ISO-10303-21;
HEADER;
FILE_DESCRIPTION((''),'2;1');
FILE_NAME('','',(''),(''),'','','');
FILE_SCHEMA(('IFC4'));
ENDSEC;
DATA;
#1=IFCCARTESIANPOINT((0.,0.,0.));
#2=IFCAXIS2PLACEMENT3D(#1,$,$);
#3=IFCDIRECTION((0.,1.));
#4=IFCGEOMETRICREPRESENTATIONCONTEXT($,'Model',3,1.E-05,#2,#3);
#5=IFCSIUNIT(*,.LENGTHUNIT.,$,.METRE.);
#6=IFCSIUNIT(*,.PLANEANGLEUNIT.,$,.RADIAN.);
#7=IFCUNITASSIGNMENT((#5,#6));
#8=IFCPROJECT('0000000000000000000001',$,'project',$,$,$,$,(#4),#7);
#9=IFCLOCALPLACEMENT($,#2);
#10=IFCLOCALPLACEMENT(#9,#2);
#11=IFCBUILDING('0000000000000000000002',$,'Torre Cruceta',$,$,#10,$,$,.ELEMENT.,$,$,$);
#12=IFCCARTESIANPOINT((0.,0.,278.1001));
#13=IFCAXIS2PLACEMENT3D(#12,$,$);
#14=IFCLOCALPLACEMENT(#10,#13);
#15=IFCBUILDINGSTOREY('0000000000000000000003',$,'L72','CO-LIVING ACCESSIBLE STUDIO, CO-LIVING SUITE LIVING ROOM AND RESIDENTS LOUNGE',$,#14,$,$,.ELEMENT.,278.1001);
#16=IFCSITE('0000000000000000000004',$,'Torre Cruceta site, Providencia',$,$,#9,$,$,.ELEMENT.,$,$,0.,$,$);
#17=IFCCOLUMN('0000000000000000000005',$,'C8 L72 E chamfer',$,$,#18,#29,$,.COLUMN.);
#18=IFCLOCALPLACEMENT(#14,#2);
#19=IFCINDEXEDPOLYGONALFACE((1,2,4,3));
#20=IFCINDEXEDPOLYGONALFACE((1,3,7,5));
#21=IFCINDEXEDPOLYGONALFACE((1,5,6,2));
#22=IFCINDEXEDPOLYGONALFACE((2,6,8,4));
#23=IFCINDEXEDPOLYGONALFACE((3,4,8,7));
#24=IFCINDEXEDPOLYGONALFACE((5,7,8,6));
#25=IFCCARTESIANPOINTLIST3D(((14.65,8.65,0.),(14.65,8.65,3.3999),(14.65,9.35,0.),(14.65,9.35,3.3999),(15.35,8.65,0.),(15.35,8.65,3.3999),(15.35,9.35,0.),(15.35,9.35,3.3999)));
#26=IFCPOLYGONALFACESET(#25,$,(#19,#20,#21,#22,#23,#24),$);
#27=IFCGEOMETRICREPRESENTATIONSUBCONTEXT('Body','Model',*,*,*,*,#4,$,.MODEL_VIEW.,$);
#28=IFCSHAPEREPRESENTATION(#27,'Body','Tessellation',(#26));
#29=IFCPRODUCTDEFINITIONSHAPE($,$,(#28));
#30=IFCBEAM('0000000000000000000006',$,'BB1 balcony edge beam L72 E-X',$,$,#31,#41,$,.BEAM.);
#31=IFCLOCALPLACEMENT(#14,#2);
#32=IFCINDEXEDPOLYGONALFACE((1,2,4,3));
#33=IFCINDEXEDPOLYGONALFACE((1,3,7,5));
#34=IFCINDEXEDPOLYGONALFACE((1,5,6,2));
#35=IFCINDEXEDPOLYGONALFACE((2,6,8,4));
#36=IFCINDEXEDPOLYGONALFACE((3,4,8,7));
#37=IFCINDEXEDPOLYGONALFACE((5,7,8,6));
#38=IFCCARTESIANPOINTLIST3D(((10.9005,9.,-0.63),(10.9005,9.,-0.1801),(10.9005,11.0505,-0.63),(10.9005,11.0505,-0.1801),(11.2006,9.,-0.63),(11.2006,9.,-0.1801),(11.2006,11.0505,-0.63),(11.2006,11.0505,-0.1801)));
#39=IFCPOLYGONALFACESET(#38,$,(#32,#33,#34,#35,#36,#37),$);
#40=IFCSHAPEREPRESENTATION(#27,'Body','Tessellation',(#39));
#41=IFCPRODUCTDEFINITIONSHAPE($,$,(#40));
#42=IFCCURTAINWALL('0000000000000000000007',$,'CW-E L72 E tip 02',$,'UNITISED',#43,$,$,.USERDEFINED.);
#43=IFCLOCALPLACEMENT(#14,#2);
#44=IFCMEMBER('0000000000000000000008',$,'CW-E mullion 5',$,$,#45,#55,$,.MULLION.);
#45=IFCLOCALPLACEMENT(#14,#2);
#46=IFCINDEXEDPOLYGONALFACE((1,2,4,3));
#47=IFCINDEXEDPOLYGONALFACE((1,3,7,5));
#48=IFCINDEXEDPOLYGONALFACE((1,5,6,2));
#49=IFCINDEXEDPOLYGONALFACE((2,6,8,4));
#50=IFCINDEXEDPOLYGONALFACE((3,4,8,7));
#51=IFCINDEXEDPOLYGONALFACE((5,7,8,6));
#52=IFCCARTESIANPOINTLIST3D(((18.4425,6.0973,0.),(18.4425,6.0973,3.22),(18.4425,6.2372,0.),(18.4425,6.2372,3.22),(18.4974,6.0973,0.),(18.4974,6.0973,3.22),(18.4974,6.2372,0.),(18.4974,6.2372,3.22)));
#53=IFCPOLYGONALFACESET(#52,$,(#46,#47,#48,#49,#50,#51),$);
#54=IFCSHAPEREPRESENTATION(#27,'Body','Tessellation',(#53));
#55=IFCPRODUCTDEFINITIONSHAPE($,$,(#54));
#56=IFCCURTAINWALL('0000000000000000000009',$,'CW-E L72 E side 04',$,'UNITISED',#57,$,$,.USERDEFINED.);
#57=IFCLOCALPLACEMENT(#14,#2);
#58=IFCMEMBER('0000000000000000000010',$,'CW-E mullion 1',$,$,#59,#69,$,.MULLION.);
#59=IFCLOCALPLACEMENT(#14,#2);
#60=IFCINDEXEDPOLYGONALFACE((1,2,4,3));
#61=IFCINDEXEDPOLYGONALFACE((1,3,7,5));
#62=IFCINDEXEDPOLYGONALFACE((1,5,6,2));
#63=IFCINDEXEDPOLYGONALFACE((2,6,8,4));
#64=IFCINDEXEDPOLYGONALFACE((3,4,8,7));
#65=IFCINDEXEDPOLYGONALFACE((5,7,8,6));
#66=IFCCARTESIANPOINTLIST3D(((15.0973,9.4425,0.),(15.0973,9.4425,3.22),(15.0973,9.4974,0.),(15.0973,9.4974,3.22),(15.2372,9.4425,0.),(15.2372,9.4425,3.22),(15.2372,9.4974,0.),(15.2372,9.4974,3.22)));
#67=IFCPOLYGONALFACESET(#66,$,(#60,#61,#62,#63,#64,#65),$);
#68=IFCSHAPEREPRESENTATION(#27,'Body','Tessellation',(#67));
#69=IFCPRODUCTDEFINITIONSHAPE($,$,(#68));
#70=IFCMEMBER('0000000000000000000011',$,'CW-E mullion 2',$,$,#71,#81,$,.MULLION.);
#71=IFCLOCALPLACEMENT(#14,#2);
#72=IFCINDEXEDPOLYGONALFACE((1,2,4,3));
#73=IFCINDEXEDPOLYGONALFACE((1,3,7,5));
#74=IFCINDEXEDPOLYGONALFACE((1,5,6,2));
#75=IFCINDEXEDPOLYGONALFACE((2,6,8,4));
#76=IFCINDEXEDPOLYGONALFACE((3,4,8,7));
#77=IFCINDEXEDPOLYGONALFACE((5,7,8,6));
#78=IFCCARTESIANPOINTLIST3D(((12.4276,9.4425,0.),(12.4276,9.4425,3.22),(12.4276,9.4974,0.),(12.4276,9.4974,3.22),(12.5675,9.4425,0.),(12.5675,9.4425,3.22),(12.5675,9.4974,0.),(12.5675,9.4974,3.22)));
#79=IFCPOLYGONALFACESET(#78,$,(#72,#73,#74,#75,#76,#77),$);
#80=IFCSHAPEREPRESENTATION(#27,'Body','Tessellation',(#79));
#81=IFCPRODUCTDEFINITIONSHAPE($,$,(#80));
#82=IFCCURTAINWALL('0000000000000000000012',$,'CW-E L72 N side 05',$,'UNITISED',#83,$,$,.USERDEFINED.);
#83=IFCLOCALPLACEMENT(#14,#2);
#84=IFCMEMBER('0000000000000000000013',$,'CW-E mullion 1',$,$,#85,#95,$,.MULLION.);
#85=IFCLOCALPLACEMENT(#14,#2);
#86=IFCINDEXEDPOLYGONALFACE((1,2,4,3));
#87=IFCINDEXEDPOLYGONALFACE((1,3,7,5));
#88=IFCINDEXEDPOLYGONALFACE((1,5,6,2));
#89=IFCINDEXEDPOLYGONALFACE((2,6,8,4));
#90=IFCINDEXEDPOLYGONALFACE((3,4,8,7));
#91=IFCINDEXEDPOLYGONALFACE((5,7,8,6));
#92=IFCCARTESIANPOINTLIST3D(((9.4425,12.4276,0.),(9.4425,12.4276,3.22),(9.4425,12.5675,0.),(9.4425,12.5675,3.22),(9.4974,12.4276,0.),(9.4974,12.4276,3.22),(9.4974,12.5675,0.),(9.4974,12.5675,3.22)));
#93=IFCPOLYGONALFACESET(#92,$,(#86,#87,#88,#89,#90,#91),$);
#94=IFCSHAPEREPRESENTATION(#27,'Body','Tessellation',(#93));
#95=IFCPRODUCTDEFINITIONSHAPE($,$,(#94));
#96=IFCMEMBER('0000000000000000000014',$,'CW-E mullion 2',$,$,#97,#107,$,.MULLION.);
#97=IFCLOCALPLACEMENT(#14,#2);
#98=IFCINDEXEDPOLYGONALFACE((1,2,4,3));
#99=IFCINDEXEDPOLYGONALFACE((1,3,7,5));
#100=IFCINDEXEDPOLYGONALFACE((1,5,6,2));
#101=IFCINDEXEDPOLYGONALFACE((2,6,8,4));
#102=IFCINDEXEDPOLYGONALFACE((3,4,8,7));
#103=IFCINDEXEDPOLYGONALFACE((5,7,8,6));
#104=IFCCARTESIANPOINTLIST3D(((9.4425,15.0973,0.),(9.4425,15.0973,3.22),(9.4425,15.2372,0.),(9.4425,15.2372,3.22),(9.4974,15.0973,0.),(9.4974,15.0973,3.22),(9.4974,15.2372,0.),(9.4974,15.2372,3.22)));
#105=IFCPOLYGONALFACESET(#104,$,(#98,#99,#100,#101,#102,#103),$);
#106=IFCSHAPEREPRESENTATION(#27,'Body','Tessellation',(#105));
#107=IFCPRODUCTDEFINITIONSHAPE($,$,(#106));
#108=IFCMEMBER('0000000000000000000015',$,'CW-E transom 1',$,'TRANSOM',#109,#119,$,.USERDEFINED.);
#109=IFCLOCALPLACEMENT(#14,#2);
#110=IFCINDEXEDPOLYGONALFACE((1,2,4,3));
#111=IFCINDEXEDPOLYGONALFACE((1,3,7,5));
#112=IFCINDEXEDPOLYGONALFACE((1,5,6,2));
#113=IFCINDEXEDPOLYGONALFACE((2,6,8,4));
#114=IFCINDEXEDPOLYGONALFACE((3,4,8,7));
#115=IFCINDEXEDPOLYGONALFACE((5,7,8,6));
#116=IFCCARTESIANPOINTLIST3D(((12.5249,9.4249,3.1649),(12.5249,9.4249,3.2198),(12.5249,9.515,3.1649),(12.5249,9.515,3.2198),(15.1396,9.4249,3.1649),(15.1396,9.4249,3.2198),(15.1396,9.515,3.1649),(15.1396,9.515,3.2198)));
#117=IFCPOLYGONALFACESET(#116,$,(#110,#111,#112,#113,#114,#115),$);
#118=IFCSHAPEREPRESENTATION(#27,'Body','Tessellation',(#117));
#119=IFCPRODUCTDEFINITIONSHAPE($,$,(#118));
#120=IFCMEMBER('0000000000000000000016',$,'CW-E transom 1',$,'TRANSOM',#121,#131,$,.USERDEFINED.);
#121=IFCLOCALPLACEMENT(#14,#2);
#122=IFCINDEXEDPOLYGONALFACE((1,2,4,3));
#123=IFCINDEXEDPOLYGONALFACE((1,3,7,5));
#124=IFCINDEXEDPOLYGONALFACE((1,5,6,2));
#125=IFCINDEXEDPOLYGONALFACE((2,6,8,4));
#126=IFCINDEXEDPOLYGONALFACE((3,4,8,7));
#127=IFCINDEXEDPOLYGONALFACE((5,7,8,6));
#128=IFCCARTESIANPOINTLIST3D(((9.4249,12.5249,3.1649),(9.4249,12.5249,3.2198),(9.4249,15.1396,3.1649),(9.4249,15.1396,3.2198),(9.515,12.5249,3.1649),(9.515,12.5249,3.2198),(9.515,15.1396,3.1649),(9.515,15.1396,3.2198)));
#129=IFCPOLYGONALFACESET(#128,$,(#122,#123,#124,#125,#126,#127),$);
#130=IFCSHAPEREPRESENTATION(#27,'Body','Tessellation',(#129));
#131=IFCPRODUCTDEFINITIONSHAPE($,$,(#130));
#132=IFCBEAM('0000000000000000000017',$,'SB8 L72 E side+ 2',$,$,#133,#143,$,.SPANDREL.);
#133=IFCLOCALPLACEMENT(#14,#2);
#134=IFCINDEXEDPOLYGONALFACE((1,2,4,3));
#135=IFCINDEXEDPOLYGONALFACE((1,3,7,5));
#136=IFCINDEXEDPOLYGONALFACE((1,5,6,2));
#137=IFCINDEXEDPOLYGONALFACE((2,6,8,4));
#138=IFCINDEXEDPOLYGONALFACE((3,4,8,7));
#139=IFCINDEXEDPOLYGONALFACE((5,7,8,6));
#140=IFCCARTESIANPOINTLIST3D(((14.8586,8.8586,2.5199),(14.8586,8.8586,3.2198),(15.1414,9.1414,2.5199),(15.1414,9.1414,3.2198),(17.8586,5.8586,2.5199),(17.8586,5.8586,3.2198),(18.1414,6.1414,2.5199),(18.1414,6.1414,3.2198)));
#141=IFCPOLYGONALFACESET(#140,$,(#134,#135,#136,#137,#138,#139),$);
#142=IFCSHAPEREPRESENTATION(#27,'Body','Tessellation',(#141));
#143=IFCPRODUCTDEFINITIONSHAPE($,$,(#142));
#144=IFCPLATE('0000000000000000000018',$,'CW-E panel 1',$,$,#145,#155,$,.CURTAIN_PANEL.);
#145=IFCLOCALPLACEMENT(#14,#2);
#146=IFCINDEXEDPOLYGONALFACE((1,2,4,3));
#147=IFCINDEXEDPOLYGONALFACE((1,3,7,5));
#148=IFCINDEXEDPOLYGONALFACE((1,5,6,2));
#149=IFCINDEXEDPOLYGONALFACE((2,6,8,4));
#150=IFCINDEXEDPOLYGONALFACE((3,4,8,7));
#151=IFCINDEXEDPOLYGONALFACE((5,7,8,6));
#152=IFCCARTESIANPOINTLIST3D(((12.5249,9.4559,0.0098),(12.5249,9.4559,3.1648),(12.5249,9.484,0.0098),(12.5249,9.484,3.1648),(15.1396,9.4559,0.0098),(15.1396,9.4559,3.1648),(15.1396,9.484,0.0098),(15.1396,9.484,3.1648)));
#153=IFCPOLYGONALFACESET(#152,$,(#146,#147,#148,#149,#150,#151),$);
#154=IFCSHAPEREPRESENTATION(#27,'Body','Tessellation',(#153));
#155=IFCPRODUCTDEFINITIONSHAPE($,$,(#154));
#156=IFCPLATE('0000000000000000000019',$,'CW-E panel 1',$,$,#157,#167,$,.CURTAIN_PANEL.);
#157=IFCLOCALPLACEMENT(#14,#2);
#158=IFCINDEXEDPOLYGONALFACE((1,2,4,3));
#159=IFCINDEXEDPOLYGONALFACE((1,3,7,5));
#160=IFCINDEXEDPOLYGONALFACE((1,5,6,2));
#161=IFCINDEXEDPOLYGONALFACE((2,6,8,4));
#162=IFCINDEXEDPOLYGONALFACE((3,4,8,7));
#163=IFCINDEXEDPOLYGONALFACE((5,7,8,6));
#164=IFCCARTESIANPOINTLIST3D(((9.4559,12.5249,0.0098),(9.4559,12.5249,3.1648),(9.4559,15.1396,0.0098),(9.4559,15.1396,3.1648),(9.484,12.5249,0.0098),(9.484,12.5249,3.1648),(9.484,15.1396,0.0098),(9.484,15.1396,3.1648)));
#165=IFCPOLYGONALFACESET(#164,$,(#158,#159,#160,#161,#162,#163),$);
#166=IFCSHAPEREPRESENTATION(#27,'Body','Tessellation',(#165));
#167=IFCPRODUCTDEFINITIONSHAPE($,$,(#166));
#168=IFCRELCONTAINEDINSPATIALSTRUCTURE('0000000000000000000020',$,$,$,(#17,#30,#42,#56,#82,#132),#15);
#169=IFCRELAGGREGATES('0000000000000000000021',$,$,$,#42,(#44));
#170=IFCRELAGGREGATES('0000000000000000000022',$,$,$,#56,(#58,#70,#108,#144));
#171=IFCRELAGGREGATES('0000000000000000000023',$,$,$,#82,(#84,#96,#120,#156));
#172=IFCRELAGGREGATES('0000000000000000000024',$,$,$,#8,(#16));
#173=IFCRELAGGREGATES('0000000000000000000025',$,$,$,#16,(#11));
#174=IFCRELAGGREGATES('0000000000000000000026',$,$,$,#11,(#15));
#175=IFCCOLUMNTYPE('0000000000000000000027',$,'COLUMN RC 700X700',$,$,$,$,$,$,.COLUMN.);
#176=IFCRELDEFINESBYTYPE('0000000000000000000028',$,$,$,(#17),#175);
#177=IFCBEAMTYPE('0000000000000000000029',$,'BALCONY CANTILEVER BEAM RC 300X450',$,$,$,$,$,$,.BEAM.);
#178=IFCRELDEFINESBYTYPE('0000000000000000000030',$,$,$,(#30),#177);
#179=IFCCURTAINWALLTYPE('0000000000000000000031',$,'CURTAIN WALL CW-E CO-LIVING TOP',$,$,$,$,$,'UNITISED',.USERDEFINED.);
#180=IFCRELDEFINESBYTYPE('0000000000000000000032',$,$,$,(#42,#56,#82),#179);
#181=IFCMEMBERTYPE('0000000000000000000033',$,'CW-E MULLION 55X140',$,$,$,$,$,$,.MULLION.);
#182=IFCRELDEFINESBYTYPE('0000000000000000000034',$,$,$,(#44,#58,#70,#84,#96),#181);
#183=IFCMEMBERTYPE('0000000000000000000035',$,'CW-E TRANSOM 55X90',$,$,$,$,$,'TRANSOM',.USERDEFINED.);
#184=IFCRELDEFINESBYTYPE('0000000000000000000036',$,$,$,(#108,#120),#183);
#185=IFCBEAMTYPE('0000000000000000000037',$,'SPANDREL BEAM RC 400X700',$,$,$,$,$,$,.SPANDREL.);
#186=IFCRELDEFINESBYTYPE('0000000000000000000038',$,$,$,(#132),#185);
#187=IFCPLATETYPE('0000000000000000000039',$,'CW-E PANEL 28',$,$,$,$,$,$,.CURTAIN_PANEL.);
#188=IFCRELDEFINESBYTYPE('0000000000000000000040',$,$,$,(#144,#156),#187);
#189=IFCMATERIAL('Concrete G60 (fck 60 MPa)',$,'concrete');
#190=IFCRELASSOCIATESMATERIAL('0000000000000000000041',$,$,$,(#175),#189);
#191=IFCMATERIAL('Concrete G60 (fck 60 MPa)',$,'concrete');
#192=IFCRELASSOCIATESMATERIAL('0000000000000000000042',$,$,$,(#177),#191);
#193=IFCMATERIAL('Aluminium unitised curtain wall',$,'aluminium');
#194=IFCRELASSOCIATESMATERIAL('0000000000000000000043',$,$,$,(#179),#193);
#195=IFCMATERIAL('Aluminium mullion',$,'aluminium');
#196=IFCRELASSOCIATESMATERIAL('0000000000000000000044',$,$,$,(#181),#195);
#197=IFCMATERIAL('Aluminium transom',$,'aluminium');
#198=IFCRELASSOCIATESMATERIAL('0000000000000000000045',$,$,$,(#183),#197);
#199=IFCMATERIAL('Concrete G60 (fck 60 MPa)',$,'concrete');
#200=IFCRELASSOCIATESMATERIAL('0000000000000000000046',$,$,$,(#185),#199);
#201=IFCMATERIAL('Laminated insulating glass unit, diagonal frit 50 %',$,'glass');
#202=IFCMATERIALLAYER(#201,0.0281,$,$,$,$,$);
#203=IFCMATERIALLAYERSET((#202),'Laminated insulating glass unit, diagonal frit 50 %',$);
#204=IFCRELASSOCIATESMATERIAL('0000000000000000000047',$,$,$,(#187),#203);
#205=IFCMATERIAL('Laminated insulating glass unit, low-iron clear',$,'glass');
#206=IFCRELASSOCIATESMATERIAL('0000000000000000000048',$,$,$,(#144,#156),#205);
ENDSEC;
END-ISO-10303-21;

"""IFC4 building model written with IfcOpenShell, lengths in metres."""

from ifc_helpers import new_model, si_unit, direction, frame, origin, origin_2d, place, context, subcontext, project, spatial, rectangle, extrude, material, layer, layer_set, material_profile, profile_set, type_object, element, aggregate, save


model = new_model("IFC4")

# Units and contexts
model_context = context("Model", 3, precision=1e-05, world=origin(), true_north=direction((0.0, 1.0)))
body_context = subcontext(model_context, "Body", "Model", "MODEL_VIEW")
ifc_project = project(units=[si_unit("LENGTHUNIT", "METRE"), si_unit("PLANEANGLEUNIT", "RADIAN")], contexts=[model_context])

# Site, building, storey
site_placement = place(None, origin())
site = spatial("IfcSite", under=ifc_project, at=site_placement, Name="Torre Cruceta site, Providencia", CompositionType="ELEMENT", RefElevation=0.0)
building_placement = place(site_placement, origin())
building = spatial("IfcBuilding", under=site, at=building_placement, Name="Torre Cruceta", CompositionType="ELEMENT")
storey_placement = place(building_placement, frame((0.0, 0.0, 278.1001)))
storey = spatial("IfcBuildingStorey", under=building, at=storey_placement, Name="L72", Description="CO-LIVING ACCESSIBLE STUDIO, CO-LIVING SUITE LIVING ROOM AND RESIDENTS LOUNGE", CompositionType="ELEMENT", Elevation=278.1001)

# Column
ifc_material_1 = material(Name="Concrete G60 (fck 60 MPa)", Category="concrete")
ifc_material_profile_1 = material_profile(ifc_material_1, rectangle(XDim=0.7, YDim=0.7, at=origin_2d()), Name="RC 700X700")
ifc_profile_set_1 = profile_set([ifc_material_profile_1], Name="Concrete G60 (fck 60 MPa)")
column_type = type_object("IfcColumnType", Name="COLUMN RC 700X700", PredefinedType="COLUMN", material=ifc_profile_set_1)
column_placement = place(storey_placement, frame((15.0, 9.0, 0.0), z_axis=(0.0, 0.0, 1.0), x_axis=(1.0, 0.0, 0.0)))
element("IfcColumn", 1, at=column_placement, inside=storey, type_object=column_type, Name="C8 L72 E chamfer", PredefinedType="COLUMN", context=body_context, shape_type="SweptSolid", body=[
    extrude(rectangle(XDim=0.7, YDim=0.7, at=origin_2d()), origin(), (0.0, 0.0, 1.0), 3.3999),
])

# Beam
ifc_material_2 = material(Name="Concrete G60 (fck 60 MPa)", Category="concrete")
ifc_material_profile_2 = material_profile(ifc_material_2, rectangle(XDim=0.3, YDim=0.45, at=origin_2d()), Name="RC 300X450")
ifc_profile_set_2 = profile_set([ifc_material_profile_2], Name="Concrete G60 (fck 60 MPa)")
beam_type_1 = type_object("IfcBeamType", Name="BALCONY CANTILEVER BEAM RC 300X450", PredefinedType="BEAM", material=ifc_profile_set_2)
beam_1_placement = place(storey_placement, frame((11.0505, 9.0, -0.405), z_axis=(0.0, 1.0, 0.0), x_axis=(-1.0, 0.0, 0.0)))
element("IfcBeam", 2, at=beam_1_placement, inside=storey, type_object=beam_type_1, Name="BB1 balcony edge beam L72 E-X", PredefinedType="BEAM", context=body_context, shape_type="SweptSolid", body=[
    extrude(rectangle(XDim=0.3, YDim=0.45, at=origin_2d()), origin(), (0.0, 0.0, 1.0), 2.0505),
])

# Curtain wall, member
ifc_material_3 = material(Name="Aluminium unitised curtain wall", Category="aluminium")
curtain_wall_type = type_object("IfcCurtainWallType", Name="CURTAIN WALL CW-E CO-LIVING TOP", ElementType="UNITISED", PredefinedType="USERDEFINED", material=ifc_material_3)
curtain_wall_1_placement = place(storey_placement, origin())
curtain_wall_1 = element("IfcCurtainWall", 3, at=curtain_wall_1_placement, inside=storey, type_object=curtain_wall_type, Name="CW-E L72 E tip 02", ObjectType="UNITISED", PredefinedType="USERDEFINED")
ifc_material_4 = material(Name="Aluminium mullion", Category="aluminium")
ifc_material_profile_3 = material_profile(ifc_material_4, rectangle(XDim=0.0549, YDim=0.1399, at=origin_2d()), Name="AL 55X140")
ifc_profile_set_3 = profile_set([ifc_material_profile_3], Name="Aluminium mullion")
member_type_1 = type_object("IfcMemberType", Name="CW-E MULLION 55X140", PredefinedType="MULLION", material=ifc_profile_set_3)
member_1_placement = place(storey_placement, frame((18.47, 6.1672, 0.0), z_axis=(0.0, 0.0, 1.0), x_axis=(-1.0, 0.0, 0.0)))
member_1 = element("IfcMember", 4, at=member_1_placement, type_object=member_type_1, Name="CW-E mullion 5", PredefinedType="MULLION", context=body_context, shape_type="SweptSolid", body=[
    extrude(rectangle(XDim=0.0549, YDim=0.1399, at=origin_2d()), origin(), (0.0, 0.0, 1.0), 3.22),
])
aggregate(curtain_wall_1, [member_1])

# Curtain walls, members
curtain_wall_2_placement = place(storey_placement, origin())
curtain_wall_2 = element("IfcCurtainWall", 5, at=curtain_wall_2_placement, inside=storey, type_object=curtain_wall_type, Name="CW-E L72 E side 04", ObjectType="UNITISED", PredefinedType="USERDEFINED")
member_2_placement = place(storey_placement, frame((15.1672, 9.47, 0.0), z_axis=(0.0, 0.0, 1.0), x_axis=(0.0, -1.0, 0.0)))
member_2 = element("IfcMember", 6, at=member_2_placement, type_object=member_type_1, Name="CW-E mullion 1", PredefinedType="MULLION", context=body_context, shape_type="SweptSolid", body=[
    extrude(rectangle(XDim=0.0549, YDim=0.1399, at=origin_2d()), origin(), (0.0, 0.0, 1.0), 3.22),
])
member_3_placement = place(storey_placement, frame((12.4976, 9.47, 0.0), z_axis=(0.0, 0.0, 1.0), x_axis=(0.0, -1.0, 0.0)))
member_3 = element("IfcMember", 7, at=member_3_placement, type_object=member_type_1, Name="CW-E mullion 2", PredefinedType="MULLION", context=body_context, shape_type="SweptSolid", body=[
    extrude(rectangle(XDim=0.0549, YDim=0.1399, at=origin_2d()), origin(), (0.0, 0.0, 1.0), 3.22),
])
curtain_wall_3_placement = place(storey_placement, origin())
curtain_wall_3 = element("IfcCurtainWall", 8, at=curtain_wall_3_placement, inside=storey, type_object=curtain_wall_type, Name="CW-E L72 N side 05", ObjectType="UNITISED", PredefinedType="USERDEFINED")
member_4_placement = place(storey_placement, frame((9.47, 12.4976, 0.0), z_axis=(0.0, 0.0, 1.0), x_axis=(-1.0, 0.0, 0.0)))
member_4 = element("IfcMember", 9, at=member_4_placement, type_object=member_type_1, Name="CW-E mullion 1", PredefinedType="MULLION", context=body_context, shape_type="SweptSolid", body=[
    extrude(rectangle(XDim=0.0549, YDim=0.1399, at=origin_2d()), origin(), (0.0, 0.0, 1.0), 3.22),
])
member_5_placement = place(storey_placement, frame((9.47, 15.1672, 0.0), z_axis=(0.0, 0.0, 1.0), x_axis=(-1.0, 0.0, 0.0)))
member_5 = element("IfcMember", 10, at=member_5_placement, type_object=member_type_1, Name="CW-E mullion 2", PredefinedType="MULLION", context=body_context, shape_type="SweptSolid", body=[
    extrude(rectangle(XDim=0.0549, YDim=0.1399, at=origin_2d()), origin(), (0.0, 0.0, 1.0), 3.22),
])

# Members
ifc_material_5 = material(Name="Aluminium transom", Category="aluminium")
ifc_material_profile_4 = material_profile(ifc_material_5, rectangle(XDim=0.0901, YDim=0.0549, at=origin_2d()), Name="AL 90X55")
ifc_profile_set_4 = profile_set([ifc_material_profile_4], Name="Aluminium transom")
member_type_2 = type_object("IfcMemberType", Name="CW-E TRANSOM 55X90", ElementType="TRANSOM", PredefinedType="USERDEFINED", material=ifc_profile_set_4)
member_6_placement = place(storey_placement, frame((15.1396, 9.47, 3.1924), z_axis=(-1.0, 0.0, 0.0), x_axis=(0.0, -1.0, 0.0)))
member_6 = element("IfcMember", 11, at=member_6_placement, type_object=member_type_2, Name="CW-E transom 1", ObjectType="TRANSOM", PredefinedType="USERDEFINED", context=body_context, shape_type="SweptSolid", body=[
    extrude(rectangle(XDim=0.0901, YDim=0.0549, at=origin_2d()), origin(), (0.0, 0.0, 1.0), 2.6147),
])
member_7_placement = place(storey_placement, frame((9.47, 12.5249, 3.1924), z_axis=(0.0, 1.0, 0.0), x_axis=(-1.0, 0.0, 0.0)))
member_7 = element("IfcMember", 12, at=member_7_placement, type_object=member_type_2, Name="CW-E transom 1", ObjectType="TRANSOM", PredefinedType="USERDEFINED", context=body_context, shape_type="SweptSolid", body=[
    extrude(rectangle(XDim=0.0901, YDim=0.0549, at=origin_2d()), origin(), (0.0, 0.0, 1.0), 2.6147),
])

# Beam
ifc_material_6 = material(Name="Concrete G60 (fck 60 MPa)", Category="concrete")
ifc_material_profile_5 = material_profile(ifc_material_6, rectangle(XDim=0.3999, YDim=0.7, at=origin_2d()), Name="RC 400X700")
ifc_profile_set_5 = profile_set([ifc_material_profile_5], Name="Concrete G60 (fck 60 MPa)")
beam_type_2 = type_object("IfcBeamType", Name="SPANDREL BEAM RC 400X700", PredefinedType="SPANDREL", material=ifc_profile_set_5)
beam_2_placement = place(storey_placement, frame((15.0, 9.0, 2.8699), z_axis=(0.707107, -0.707107, 0.0), x_axis=(0.707107, 0.707107, 0.0)))
element("IfcBeam", 13, at=beam_2_placement, inside=storey, type_object=beam_type_2, Name="SB8 L72 E side+ 2", PredefinedType="SPANDREL", context=body_context, shape_type="SweptSolid", body=[
    extrude(rectangle(XDim=0.3999, YDim=0.7, at=origin_2d()), origin(), (0.0, 0.0, 1.0), 4.2427),
])

# Plates
ifc_material_7 = material(Name="Laminated insulating glass unit, low-iron clear", Category="glass")
ifc_material_8 = material(Name="Laminated insulating glass unit, diagonal frit 50 %", Category="glass")
ifc_layer_1 = layer(ifc_material_8, 0.0281)
ifc_layer_set_1 = layer_set([ifc_layer_1], Name="Laminated insulating glass unit, diagonal frit 50 %")
plate_type = type_object("IfcPlateType", Name="CW-E PANEL 28", PredefinedType="CURTAIN_PANEL", material=ifc_layer_set_1)
plate_1_placement = place(storey_placement, frame((13.8323, 9.47, 0.0098), z_axis=(0.0, 0.0, 1.0), x_axis=(-1.0, 0.0, 0.0)))
plate_1 = element("IfcPlate", 14, at=plate_1_placement, type_object=plate_type, material=ifc_material_7, Name="CW-E panel 1", PredefinedType="CURTAIN_PANEL", context=body_context, shape_type="SweptSolid", body=[
    extrude(rectangle(XDim=2.6147, YDim=0.0281, at=origin_2d()), origin(), (0.0, 0.0, 1.0), 3.155),
])
aggregate(curtain_wall_2, [member_2, member_3, member_6, plate_1])
plate_2_placement = place(storey_placement, frame((9.47, 13.8323, 0.0098), z_axis=(0.0, 0.0, 1.0), x_axis=(0.0, 1.0, 0.0)))
plate_2 = element("IfcPlate", 15, at=plate_2_placement, type_object=plate_type, material=ifc_material_7, Name="CW-E panel 1", PredefinedType="CURTAIN_PANEL", context=body_context, shape_type="SweptSolid", body=[
    extrude(rectangle(XDim=2.6147, YDim=0.0281, at=origin_2d()), origin(), (0.0, 0.0, 1.0), 3.155),
])
aggregate(curtain_wall_3, [member_4, member_5, member_7, plate_2])

save(model, "model.ifc")
